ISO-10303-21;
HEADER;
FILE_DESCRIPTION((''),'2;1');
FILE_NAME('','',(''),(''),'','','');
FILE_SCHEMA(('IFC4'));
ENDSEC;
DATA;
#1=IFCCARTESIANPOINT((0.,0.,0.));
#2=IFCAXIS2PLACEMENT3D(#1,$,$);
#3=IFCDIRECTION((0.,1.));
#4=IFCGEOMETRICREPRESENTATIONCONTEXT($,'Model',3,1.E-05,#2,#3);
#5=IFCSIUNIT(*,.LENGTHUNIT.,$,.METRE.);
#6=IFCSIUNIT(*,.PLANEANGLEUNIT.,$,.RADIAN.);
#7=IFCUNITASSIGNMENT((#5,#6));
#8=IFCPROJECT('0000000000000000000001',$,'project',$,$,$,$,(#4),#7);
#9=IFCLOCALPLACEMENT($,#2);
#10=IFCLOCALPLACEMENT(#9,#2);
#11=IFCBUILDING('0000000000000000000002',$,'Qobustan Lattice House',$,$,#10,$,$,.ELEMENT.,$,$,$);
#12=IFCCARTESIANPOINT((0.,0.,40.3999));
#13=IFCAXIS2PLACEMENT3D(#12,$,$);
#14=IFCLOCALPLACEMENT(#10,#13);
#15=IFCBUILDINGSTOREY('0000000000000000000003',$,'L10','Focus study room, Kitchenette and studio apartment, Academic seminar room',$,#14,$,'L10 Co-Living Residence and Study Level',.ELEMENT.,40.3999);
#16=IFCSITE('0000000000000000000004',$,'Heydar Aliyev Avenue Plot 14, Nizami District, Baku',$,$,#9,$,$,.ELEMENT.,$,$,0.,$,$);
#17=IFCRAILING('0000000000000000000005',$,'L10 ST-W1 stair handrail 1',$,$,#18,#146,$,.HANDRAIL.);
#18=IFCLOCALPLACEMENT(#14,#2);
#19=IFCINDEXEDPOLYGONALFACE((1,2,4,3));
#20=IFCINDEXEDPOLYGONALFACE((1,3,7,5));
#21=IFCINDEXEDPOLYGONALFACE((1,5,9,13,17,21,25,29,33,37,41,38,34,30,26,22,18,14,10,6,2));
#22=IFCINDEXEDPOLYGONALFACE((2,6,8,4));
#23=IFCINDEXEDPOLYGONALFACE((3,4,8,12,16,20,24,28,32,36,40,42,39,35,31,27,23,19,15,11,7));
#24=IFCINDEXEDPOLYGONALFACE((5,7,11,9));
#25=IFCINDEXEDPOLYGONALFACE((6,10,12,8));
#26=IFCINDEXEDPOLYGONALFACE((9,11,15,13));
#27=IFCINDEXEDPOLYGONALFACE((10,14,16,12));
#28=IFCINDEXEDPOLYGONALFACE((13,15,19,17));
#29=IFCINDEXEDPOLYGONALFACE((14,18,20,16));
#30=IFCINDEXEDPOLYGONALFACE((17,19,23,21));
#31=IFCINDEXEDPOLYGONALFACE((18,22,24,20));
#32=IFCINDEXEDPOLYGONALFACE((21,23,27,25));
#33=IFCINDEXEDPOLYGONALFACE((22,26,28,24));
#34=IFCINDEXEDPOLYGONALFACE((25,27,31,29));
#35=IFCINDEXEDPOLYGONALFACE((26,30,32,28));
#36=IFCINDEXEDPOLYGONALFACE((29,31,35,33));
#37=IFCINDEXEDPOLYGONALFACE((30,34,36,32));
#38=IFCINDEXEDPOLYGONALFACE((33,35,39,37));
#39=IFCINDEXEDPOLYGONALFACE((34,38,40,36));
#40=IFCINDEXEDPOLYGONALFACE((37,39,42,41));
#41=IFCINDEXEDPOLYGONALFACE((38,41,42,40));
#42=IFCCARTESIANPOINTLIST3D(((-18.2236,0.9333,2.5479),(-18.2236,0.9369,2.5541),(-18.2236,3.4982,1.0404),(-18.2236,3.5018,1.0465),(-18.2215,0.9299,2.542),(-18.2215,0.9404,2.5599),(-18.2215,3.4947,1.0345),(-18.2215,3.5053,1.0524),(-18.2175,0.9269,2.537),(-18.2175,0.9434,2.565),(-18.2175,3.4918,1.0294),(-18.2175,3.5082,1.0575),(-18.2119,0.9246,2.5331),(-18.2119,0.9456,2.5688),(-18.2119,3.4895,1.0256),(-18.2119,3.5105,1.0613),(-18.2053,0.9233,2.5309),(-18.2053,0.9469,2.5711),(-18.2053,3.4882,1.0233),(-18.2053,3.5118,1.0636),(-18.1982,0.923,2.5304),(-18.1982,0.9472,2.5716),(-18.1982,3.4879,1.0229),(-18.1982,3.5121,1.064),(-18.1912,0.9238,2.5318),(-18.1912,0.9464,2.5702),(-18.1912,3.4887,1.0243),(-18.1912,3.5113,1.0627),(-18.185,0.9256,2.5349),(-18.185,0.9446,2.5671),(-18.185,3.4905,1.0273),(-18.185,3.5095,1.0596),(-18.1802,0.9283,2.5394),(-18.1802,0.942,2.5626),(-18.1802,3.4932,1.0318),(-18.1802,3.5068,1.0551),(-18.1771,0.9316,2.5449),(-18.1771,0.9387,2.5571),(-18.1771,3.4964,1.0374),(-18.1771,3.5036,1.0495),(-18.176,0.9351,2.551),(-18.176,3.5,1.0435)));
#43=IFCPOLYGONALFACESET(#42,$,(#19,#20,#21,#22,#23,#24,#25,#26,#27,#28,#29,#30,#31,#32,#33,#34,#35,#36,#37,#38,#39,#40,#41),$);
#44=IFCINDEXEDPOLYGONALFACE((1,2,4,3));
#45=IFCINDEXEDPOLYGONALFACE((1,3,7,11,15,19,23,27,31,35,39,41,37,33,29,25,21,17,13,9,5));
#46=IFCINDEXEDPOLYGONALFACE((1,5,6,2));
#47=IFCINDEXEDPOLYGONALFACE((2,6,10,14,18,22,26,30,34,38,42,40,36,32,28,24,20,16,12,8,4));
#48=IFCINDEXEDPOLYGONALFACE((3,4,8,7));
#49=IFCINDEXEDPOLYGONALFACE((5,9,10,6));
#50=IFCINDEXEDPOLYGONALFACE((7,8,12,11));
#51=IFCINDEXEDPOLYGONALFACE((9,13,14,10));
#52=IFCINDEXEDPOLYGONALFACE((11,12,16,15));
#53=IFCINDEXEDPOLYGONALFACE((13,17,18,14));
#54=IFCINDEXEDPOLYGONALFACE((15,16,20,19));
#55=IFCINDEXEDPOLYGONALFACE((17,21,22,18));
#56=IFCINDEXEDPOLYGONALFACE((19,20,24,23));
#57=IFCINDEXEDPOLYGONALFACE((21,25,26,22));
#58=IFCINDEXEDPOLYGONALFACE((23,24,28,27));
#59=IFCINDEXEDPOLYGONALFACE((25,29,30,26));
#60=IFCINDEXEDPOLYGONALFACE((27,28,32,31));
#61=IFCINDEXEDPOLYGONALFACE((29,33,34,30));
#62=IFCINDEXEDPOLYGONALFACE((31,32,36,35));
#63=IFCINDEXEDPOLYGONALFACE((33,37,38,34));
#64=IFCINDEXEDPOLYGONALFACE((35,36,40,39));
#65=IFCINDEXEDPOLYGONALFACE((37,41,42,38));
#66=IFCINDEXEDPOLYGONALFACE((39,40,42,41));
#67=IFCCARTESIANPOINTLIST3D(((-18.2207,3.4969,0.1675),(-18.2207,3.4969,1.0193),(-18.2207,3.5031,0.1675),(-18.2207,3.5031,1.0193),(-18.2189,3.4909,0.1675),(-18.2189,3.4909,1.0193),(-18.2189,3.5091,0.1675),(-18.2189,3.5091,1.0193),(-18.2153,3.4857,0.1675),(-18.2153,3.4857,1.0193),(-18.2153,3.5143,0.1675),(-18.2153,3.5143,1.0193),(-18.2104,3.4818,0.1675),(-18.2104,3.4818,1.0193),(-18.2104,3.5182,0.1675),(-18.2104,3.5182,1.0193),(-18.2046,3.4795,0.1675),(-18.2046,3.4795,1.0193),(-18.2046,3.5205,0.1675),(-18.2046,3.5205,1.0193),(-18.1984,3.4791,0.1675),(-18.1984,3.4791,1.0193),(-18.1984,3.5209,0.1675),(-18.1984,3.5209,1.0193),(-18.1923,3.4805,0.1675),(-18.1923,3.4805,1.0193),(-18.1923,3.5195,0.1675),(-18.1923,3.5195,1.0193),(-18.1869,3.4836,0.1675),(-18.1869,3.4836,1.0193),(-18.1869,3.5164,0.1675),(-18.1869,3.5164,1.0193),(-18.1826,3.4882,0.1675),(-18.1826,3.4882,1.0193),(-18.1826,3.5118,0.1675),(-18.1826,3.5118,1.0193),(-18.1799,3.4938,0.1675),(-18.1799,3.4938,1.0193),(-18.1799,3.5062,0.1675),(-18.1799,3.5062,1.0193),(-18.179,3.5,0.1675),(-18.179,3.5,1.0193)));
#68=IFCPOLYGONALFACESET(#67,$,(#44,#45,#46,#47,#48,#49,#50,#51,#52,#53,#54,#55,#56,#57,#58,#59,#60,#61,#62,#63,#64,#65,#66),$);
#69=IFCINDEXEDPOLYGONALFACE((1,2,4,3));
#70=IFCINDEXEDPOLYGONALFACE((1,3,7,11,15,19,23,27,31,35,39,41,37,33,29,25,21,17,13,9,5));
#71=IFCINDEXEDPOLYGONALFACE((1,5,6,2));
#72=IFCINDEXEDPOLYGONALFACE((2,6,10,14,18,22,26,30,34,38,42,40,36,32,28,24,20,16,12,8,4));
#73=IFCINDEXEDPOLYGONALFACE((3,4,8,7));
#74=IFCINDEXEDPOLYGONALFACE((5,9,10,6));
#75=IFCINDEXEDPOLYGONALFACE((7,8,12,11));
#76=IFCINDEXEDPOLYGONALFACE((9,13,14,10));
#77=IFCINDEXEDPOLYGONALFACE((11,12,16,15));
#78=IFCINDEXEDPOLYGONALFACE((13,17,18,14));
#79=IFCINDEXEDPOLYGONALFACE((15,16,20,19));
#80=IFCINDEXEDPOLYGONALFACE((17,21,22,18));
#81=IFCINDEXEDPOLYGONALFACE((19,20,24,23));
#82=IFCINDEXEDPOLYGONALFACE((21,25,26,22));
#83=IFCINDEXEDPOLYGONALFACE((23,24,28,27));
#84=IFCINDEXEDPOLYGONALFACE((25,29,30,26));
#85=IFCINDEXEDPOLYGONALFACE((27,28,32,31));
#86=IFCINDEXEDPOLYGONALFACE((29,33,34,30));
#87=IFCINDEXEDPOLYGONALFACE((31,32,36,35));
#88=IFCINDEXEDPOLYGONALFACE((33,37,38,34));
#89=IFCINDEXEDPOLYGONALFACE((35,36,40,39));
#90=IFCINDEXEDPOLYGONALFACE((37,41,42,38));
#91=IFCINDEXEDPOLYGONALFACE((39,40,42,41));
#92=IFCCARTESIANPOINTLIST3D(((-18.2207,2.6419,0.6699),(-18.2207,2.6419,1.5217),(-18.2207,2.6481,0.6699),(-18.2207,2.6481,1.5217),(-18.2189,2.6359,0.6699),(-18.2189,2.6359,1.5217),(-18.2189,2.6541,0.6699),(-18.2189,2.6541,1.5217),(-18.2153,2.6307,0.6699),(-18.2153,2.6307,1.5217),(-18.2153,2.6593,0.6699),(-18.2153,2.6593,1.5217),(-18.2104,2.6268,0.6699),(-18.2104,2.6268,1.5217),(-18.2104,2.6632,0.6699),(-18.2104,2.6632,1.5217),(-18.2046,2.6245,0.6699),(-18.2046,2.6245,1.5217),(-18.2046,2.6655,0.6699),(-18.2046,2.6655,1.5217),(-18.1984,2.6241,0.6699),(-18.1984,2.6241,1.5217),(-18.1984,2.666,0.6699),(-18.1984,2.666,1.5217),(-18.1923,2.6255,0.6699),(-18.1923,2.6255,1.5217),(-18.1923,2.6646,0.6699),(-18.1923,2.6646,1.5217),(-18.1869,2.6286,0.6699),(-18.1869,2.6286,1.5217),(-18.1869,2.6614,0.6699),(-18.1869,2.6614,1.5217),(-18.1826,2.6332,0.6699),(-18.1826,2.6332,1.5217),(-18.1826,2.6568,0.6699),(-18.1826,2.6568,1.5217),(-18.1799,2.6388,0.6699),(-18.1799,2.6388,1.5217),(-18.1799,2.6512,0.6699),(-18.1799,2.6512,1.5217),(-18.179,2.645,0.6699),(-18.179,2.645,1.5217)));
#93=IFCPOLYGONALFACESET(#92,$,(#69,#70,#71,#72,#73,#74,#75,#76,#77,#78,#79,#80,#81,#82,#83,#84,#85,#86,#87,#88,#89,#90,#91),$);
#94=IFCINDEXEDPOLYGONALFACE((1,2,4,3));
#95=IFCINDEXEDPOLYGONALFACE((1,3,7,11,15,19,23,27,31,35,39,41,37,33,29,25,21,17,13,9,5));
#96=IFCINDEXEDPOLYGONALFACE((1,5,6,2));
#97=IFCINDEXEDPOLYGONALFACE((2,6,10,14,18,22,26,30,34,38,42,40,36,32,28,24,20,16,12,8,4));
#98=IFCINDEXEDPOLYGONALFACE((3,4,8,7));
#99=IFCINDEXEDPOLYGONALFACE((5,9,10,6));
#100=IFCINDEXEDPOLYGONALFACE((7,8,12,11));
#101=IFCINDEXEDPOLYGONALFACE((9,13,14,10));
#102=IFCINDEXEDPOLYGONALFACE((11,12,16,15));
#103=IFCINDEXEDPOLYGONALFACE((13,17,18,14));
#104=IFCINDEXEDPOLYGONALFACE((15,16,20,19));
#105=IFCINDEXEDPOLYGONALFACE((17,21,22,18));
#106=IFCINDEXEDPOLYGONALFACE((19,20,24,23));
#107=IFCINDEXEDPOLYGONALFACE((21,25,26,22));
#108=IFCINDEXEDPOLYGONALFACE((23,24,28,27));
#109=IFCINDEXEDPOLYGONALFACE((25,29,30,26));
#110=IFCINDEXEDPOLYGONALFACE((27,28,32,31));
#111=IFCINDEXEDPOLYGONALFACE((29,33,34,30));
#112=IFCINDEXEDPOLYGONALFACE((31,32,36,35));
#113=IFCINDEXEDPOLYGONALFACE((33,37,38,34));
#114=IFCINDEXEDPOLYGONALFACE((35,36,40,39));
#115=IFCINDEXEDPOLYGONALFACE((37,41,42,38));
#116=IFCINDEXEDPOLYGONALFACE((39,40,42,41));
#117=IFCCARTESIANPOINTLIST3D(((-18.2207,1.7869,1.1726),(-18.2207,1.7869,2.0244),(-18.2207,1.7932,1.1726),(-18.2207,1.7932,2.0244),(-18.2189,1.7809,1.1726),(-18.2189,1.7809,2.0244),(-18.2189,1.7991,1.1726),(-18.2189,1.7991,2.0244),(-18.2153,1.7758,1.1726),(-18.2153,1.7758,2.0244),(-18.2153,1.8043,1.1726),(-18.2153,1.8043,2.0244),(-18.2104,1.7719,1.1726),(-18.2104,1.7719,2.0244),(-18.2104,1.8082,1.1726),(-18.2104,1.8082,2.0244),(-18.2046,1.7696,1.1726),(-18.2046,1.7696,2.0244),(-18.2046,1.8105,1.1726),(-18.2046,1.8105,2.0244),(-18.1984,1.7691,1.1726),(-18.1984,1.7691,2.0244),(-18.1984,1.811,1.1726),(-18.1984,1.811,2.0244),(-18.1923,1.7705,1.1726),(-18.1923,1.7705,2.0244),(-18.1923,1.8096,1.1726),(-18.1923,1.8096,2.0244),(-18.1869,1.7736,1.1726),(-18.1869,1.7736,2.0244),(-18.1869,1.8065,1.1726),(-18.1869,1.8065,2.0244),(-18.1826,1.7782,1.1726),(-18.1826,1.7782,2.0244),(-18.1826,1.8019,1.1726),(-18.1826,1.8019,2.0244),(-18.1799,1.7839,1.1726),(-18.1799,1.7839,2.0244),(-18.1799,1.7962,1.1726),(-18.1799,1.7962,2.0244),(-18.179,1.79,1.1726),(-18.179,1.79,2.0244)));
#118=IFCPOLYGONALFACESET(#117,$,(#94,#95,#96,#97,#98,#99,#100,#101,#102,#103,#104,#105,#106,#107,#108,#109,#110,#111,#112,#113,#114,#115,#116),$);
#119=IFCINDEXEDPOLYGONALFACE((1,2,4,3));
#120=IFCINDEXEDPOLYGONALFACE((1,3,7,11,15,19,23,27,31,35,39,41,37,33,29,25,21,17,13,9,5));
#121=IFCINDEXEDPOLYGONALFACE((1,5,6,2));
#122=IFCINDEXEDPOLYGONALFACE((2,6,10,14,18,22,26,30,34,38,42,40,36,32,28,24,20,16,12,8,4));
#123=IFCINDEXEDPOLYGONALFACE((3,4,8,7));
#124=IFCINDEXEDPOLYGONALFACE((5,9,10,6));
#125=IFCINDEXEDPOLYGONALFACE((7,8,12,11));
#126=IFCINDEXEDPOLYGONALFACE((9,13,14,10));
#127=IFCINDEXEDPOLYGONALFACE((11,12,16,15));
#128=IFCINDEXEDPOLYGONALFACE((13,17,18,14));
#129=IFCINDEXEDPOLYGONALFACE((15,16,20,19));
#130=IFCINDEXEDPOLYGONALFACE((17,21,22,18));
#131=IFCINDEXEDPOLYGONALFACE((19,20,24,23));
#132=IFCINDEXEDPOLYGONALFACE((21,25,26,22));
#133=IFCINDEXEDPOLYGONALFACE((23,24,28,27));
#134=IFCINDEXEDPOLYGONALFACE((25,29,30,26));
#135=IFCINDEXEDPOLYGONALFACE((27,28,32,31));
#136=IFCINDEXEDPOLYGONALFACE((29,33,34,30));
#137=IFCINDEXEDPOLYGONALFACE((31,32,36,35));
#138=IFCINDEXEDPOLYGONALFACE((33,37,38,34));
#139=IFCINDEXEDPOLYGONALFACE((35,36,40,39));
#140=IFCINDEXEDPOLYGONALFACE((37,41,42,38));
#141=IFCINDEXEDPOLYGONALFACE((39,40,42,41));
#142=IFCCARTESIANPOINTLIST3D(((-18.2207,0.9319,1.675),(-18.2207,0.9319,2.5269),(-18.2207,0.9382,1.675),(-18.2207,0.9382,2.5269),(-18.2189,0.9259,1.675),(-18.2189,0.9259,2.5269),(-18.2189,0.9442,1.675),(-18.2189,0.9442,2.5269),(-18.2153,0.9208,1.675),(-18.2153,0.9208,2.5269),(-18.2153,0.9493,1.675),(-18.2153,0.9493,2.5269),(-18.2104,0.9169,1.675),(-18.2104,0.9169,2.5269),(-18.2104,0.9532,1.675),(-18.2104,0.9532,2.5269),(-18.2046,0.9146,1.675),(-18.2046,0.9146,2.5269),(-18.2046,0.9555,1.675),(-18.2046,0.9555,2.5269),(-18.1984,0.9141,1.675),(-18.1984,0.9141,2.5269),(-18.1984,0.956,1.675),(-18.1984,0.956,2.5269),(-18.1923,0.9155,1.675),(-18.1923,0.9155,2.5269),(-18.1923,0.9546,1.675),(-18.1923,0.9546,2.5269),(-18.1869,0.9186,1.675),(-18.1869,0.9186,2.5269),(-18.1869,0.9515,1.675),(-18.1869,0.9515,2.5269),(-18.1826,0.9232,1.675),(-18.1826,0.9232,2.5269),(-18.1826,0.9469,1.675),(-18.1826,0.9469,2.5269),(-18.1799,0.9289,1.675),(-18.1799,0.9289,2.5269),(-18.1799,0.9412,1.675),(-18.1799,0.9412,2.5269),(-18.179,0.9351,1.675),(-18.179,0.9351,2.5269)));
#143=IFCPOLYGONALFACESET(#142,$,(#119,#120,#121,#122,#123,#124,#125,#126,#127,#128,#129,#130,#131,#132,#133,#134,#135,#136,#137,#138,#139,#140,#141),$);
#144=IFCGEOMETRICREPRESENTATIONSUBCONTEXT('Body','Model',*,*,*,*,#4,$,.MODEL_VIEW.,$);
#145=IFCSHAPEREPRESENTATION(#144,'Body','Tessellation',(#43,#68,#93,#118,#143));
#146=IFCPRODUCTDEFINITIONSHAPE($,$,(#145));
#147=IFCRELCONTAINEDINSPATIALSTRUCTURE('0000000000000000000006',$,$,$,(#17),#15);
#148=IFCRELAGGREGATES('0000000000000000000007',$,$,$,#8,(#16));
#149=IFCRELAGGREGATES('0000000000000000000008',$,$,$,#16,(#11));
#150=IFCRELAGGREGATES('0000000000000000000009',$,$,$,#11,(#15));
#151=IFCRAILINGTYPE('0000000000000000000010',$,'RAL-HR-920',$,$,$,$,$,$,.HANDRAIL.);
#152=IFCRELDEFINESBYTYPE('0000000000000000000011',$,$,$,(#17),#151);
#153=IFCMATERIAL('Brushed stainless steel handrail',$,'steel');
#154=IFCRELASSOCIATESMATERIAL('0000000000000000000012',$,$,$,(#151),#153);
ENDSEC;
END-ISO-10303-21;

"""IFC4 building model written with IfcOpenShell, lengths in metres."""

from ifc_helpers import new_model, si_unit, direction, frame, origin, origin_2d, place, context, subcontext, project, spatial, circle, extrude, material, type_object, element, save


model = new_model("IFC4")

# Units and contexts
model_context = context("Model", 3, precision=1e-05, world=origin(), true_north=direction((0.0, 1.0)))
body_context = subcontext(model_context, "Body", "Model", "MODEL_VIEW")
ifc_project = project(units=[si_unit("LENGTHUNIT", "METRE"), si_unit("PLANEANGLEUNIT", "RADIAN")], contexts=[model_context])

# Site, building, storey
site_placement = place(None, origin())
site = spatial("IfcSite", under=ifc_project, at=site_placement, Name="Heydar Aliyev Avenue Plot 14, Nizami District, Baku", CompositionType="ELEMENT", RefElevation=0.0)
building_placement = place(site_placement, origin())
building = spatial("IfcBuilding", under=site, at=building_placement, Name="Qobustan Lattice House", CompositionType="ELEMENT")
storey_placement = place(building_placement, frame((0.0, 0.0, 40.3999)))
storey = spatial("IfcBuildingStorey", under=building, at=storey_placement, Name="L10", Description="Focus study room, Kitchenette and studio apartment, Academic seminar room", LongName="L10 Co-Living Residence and Study Level", CompositionType="ELEMENT", Elevation=40.3999)

# Railing
ifc_material_1 = material(Name="Brushed stainless steel handrail", Category="steel")
railing_type_1 = type_object("IfcRailingType", Name="RAL-HR-920", PredefinedType="HANDRAIL", material=ifc_material_1)
railing_1_placement = place(storey_placement, frame((-18.2, 3.5, 0.1675)))
element("IfcRailing", 1, at=railing_1_placement, inside=storey, type_object=railing_type_1, Name="L10 ST-W1 stair handrail 1", PredefinedType="HANDRAIL", context=body_context, shape_type="SweptSolid", body=[
    extrude(circle(Radius=0.0239, at=origin_2d()), frame((0.0, 0.0, 0.876), z_axis=(0.0, -0.862113, 0.506715), x_axis=(1.0, 0.0, 0.0)), (0.0, 0.0, 1.0), 2.9751),
    extrude(circle(Radius=0.021, at=origin_2d()), origin(), (0.0, 0.0, 1.0), 0.8518),
    extrude(circle(Radius=0.021, at=origin_2d()), frame((0.0, -0.855, 0.5024)), (0.0, 0.0, 1.0), 0.8518),
    extrude(circle(Radius=0.021, at=origin_2d()), frame((0.0, -1.71, 1.0051)), (0.0, 0.0, 1.0), 0.8518),
    extrude(circle(Radius=0.021, at=origin_2d()), frame((0.0, -2.5649, 1.5076)), (0.0, 0.0, 1.0), 0.8518),
])

save(model, "model.ifc")
